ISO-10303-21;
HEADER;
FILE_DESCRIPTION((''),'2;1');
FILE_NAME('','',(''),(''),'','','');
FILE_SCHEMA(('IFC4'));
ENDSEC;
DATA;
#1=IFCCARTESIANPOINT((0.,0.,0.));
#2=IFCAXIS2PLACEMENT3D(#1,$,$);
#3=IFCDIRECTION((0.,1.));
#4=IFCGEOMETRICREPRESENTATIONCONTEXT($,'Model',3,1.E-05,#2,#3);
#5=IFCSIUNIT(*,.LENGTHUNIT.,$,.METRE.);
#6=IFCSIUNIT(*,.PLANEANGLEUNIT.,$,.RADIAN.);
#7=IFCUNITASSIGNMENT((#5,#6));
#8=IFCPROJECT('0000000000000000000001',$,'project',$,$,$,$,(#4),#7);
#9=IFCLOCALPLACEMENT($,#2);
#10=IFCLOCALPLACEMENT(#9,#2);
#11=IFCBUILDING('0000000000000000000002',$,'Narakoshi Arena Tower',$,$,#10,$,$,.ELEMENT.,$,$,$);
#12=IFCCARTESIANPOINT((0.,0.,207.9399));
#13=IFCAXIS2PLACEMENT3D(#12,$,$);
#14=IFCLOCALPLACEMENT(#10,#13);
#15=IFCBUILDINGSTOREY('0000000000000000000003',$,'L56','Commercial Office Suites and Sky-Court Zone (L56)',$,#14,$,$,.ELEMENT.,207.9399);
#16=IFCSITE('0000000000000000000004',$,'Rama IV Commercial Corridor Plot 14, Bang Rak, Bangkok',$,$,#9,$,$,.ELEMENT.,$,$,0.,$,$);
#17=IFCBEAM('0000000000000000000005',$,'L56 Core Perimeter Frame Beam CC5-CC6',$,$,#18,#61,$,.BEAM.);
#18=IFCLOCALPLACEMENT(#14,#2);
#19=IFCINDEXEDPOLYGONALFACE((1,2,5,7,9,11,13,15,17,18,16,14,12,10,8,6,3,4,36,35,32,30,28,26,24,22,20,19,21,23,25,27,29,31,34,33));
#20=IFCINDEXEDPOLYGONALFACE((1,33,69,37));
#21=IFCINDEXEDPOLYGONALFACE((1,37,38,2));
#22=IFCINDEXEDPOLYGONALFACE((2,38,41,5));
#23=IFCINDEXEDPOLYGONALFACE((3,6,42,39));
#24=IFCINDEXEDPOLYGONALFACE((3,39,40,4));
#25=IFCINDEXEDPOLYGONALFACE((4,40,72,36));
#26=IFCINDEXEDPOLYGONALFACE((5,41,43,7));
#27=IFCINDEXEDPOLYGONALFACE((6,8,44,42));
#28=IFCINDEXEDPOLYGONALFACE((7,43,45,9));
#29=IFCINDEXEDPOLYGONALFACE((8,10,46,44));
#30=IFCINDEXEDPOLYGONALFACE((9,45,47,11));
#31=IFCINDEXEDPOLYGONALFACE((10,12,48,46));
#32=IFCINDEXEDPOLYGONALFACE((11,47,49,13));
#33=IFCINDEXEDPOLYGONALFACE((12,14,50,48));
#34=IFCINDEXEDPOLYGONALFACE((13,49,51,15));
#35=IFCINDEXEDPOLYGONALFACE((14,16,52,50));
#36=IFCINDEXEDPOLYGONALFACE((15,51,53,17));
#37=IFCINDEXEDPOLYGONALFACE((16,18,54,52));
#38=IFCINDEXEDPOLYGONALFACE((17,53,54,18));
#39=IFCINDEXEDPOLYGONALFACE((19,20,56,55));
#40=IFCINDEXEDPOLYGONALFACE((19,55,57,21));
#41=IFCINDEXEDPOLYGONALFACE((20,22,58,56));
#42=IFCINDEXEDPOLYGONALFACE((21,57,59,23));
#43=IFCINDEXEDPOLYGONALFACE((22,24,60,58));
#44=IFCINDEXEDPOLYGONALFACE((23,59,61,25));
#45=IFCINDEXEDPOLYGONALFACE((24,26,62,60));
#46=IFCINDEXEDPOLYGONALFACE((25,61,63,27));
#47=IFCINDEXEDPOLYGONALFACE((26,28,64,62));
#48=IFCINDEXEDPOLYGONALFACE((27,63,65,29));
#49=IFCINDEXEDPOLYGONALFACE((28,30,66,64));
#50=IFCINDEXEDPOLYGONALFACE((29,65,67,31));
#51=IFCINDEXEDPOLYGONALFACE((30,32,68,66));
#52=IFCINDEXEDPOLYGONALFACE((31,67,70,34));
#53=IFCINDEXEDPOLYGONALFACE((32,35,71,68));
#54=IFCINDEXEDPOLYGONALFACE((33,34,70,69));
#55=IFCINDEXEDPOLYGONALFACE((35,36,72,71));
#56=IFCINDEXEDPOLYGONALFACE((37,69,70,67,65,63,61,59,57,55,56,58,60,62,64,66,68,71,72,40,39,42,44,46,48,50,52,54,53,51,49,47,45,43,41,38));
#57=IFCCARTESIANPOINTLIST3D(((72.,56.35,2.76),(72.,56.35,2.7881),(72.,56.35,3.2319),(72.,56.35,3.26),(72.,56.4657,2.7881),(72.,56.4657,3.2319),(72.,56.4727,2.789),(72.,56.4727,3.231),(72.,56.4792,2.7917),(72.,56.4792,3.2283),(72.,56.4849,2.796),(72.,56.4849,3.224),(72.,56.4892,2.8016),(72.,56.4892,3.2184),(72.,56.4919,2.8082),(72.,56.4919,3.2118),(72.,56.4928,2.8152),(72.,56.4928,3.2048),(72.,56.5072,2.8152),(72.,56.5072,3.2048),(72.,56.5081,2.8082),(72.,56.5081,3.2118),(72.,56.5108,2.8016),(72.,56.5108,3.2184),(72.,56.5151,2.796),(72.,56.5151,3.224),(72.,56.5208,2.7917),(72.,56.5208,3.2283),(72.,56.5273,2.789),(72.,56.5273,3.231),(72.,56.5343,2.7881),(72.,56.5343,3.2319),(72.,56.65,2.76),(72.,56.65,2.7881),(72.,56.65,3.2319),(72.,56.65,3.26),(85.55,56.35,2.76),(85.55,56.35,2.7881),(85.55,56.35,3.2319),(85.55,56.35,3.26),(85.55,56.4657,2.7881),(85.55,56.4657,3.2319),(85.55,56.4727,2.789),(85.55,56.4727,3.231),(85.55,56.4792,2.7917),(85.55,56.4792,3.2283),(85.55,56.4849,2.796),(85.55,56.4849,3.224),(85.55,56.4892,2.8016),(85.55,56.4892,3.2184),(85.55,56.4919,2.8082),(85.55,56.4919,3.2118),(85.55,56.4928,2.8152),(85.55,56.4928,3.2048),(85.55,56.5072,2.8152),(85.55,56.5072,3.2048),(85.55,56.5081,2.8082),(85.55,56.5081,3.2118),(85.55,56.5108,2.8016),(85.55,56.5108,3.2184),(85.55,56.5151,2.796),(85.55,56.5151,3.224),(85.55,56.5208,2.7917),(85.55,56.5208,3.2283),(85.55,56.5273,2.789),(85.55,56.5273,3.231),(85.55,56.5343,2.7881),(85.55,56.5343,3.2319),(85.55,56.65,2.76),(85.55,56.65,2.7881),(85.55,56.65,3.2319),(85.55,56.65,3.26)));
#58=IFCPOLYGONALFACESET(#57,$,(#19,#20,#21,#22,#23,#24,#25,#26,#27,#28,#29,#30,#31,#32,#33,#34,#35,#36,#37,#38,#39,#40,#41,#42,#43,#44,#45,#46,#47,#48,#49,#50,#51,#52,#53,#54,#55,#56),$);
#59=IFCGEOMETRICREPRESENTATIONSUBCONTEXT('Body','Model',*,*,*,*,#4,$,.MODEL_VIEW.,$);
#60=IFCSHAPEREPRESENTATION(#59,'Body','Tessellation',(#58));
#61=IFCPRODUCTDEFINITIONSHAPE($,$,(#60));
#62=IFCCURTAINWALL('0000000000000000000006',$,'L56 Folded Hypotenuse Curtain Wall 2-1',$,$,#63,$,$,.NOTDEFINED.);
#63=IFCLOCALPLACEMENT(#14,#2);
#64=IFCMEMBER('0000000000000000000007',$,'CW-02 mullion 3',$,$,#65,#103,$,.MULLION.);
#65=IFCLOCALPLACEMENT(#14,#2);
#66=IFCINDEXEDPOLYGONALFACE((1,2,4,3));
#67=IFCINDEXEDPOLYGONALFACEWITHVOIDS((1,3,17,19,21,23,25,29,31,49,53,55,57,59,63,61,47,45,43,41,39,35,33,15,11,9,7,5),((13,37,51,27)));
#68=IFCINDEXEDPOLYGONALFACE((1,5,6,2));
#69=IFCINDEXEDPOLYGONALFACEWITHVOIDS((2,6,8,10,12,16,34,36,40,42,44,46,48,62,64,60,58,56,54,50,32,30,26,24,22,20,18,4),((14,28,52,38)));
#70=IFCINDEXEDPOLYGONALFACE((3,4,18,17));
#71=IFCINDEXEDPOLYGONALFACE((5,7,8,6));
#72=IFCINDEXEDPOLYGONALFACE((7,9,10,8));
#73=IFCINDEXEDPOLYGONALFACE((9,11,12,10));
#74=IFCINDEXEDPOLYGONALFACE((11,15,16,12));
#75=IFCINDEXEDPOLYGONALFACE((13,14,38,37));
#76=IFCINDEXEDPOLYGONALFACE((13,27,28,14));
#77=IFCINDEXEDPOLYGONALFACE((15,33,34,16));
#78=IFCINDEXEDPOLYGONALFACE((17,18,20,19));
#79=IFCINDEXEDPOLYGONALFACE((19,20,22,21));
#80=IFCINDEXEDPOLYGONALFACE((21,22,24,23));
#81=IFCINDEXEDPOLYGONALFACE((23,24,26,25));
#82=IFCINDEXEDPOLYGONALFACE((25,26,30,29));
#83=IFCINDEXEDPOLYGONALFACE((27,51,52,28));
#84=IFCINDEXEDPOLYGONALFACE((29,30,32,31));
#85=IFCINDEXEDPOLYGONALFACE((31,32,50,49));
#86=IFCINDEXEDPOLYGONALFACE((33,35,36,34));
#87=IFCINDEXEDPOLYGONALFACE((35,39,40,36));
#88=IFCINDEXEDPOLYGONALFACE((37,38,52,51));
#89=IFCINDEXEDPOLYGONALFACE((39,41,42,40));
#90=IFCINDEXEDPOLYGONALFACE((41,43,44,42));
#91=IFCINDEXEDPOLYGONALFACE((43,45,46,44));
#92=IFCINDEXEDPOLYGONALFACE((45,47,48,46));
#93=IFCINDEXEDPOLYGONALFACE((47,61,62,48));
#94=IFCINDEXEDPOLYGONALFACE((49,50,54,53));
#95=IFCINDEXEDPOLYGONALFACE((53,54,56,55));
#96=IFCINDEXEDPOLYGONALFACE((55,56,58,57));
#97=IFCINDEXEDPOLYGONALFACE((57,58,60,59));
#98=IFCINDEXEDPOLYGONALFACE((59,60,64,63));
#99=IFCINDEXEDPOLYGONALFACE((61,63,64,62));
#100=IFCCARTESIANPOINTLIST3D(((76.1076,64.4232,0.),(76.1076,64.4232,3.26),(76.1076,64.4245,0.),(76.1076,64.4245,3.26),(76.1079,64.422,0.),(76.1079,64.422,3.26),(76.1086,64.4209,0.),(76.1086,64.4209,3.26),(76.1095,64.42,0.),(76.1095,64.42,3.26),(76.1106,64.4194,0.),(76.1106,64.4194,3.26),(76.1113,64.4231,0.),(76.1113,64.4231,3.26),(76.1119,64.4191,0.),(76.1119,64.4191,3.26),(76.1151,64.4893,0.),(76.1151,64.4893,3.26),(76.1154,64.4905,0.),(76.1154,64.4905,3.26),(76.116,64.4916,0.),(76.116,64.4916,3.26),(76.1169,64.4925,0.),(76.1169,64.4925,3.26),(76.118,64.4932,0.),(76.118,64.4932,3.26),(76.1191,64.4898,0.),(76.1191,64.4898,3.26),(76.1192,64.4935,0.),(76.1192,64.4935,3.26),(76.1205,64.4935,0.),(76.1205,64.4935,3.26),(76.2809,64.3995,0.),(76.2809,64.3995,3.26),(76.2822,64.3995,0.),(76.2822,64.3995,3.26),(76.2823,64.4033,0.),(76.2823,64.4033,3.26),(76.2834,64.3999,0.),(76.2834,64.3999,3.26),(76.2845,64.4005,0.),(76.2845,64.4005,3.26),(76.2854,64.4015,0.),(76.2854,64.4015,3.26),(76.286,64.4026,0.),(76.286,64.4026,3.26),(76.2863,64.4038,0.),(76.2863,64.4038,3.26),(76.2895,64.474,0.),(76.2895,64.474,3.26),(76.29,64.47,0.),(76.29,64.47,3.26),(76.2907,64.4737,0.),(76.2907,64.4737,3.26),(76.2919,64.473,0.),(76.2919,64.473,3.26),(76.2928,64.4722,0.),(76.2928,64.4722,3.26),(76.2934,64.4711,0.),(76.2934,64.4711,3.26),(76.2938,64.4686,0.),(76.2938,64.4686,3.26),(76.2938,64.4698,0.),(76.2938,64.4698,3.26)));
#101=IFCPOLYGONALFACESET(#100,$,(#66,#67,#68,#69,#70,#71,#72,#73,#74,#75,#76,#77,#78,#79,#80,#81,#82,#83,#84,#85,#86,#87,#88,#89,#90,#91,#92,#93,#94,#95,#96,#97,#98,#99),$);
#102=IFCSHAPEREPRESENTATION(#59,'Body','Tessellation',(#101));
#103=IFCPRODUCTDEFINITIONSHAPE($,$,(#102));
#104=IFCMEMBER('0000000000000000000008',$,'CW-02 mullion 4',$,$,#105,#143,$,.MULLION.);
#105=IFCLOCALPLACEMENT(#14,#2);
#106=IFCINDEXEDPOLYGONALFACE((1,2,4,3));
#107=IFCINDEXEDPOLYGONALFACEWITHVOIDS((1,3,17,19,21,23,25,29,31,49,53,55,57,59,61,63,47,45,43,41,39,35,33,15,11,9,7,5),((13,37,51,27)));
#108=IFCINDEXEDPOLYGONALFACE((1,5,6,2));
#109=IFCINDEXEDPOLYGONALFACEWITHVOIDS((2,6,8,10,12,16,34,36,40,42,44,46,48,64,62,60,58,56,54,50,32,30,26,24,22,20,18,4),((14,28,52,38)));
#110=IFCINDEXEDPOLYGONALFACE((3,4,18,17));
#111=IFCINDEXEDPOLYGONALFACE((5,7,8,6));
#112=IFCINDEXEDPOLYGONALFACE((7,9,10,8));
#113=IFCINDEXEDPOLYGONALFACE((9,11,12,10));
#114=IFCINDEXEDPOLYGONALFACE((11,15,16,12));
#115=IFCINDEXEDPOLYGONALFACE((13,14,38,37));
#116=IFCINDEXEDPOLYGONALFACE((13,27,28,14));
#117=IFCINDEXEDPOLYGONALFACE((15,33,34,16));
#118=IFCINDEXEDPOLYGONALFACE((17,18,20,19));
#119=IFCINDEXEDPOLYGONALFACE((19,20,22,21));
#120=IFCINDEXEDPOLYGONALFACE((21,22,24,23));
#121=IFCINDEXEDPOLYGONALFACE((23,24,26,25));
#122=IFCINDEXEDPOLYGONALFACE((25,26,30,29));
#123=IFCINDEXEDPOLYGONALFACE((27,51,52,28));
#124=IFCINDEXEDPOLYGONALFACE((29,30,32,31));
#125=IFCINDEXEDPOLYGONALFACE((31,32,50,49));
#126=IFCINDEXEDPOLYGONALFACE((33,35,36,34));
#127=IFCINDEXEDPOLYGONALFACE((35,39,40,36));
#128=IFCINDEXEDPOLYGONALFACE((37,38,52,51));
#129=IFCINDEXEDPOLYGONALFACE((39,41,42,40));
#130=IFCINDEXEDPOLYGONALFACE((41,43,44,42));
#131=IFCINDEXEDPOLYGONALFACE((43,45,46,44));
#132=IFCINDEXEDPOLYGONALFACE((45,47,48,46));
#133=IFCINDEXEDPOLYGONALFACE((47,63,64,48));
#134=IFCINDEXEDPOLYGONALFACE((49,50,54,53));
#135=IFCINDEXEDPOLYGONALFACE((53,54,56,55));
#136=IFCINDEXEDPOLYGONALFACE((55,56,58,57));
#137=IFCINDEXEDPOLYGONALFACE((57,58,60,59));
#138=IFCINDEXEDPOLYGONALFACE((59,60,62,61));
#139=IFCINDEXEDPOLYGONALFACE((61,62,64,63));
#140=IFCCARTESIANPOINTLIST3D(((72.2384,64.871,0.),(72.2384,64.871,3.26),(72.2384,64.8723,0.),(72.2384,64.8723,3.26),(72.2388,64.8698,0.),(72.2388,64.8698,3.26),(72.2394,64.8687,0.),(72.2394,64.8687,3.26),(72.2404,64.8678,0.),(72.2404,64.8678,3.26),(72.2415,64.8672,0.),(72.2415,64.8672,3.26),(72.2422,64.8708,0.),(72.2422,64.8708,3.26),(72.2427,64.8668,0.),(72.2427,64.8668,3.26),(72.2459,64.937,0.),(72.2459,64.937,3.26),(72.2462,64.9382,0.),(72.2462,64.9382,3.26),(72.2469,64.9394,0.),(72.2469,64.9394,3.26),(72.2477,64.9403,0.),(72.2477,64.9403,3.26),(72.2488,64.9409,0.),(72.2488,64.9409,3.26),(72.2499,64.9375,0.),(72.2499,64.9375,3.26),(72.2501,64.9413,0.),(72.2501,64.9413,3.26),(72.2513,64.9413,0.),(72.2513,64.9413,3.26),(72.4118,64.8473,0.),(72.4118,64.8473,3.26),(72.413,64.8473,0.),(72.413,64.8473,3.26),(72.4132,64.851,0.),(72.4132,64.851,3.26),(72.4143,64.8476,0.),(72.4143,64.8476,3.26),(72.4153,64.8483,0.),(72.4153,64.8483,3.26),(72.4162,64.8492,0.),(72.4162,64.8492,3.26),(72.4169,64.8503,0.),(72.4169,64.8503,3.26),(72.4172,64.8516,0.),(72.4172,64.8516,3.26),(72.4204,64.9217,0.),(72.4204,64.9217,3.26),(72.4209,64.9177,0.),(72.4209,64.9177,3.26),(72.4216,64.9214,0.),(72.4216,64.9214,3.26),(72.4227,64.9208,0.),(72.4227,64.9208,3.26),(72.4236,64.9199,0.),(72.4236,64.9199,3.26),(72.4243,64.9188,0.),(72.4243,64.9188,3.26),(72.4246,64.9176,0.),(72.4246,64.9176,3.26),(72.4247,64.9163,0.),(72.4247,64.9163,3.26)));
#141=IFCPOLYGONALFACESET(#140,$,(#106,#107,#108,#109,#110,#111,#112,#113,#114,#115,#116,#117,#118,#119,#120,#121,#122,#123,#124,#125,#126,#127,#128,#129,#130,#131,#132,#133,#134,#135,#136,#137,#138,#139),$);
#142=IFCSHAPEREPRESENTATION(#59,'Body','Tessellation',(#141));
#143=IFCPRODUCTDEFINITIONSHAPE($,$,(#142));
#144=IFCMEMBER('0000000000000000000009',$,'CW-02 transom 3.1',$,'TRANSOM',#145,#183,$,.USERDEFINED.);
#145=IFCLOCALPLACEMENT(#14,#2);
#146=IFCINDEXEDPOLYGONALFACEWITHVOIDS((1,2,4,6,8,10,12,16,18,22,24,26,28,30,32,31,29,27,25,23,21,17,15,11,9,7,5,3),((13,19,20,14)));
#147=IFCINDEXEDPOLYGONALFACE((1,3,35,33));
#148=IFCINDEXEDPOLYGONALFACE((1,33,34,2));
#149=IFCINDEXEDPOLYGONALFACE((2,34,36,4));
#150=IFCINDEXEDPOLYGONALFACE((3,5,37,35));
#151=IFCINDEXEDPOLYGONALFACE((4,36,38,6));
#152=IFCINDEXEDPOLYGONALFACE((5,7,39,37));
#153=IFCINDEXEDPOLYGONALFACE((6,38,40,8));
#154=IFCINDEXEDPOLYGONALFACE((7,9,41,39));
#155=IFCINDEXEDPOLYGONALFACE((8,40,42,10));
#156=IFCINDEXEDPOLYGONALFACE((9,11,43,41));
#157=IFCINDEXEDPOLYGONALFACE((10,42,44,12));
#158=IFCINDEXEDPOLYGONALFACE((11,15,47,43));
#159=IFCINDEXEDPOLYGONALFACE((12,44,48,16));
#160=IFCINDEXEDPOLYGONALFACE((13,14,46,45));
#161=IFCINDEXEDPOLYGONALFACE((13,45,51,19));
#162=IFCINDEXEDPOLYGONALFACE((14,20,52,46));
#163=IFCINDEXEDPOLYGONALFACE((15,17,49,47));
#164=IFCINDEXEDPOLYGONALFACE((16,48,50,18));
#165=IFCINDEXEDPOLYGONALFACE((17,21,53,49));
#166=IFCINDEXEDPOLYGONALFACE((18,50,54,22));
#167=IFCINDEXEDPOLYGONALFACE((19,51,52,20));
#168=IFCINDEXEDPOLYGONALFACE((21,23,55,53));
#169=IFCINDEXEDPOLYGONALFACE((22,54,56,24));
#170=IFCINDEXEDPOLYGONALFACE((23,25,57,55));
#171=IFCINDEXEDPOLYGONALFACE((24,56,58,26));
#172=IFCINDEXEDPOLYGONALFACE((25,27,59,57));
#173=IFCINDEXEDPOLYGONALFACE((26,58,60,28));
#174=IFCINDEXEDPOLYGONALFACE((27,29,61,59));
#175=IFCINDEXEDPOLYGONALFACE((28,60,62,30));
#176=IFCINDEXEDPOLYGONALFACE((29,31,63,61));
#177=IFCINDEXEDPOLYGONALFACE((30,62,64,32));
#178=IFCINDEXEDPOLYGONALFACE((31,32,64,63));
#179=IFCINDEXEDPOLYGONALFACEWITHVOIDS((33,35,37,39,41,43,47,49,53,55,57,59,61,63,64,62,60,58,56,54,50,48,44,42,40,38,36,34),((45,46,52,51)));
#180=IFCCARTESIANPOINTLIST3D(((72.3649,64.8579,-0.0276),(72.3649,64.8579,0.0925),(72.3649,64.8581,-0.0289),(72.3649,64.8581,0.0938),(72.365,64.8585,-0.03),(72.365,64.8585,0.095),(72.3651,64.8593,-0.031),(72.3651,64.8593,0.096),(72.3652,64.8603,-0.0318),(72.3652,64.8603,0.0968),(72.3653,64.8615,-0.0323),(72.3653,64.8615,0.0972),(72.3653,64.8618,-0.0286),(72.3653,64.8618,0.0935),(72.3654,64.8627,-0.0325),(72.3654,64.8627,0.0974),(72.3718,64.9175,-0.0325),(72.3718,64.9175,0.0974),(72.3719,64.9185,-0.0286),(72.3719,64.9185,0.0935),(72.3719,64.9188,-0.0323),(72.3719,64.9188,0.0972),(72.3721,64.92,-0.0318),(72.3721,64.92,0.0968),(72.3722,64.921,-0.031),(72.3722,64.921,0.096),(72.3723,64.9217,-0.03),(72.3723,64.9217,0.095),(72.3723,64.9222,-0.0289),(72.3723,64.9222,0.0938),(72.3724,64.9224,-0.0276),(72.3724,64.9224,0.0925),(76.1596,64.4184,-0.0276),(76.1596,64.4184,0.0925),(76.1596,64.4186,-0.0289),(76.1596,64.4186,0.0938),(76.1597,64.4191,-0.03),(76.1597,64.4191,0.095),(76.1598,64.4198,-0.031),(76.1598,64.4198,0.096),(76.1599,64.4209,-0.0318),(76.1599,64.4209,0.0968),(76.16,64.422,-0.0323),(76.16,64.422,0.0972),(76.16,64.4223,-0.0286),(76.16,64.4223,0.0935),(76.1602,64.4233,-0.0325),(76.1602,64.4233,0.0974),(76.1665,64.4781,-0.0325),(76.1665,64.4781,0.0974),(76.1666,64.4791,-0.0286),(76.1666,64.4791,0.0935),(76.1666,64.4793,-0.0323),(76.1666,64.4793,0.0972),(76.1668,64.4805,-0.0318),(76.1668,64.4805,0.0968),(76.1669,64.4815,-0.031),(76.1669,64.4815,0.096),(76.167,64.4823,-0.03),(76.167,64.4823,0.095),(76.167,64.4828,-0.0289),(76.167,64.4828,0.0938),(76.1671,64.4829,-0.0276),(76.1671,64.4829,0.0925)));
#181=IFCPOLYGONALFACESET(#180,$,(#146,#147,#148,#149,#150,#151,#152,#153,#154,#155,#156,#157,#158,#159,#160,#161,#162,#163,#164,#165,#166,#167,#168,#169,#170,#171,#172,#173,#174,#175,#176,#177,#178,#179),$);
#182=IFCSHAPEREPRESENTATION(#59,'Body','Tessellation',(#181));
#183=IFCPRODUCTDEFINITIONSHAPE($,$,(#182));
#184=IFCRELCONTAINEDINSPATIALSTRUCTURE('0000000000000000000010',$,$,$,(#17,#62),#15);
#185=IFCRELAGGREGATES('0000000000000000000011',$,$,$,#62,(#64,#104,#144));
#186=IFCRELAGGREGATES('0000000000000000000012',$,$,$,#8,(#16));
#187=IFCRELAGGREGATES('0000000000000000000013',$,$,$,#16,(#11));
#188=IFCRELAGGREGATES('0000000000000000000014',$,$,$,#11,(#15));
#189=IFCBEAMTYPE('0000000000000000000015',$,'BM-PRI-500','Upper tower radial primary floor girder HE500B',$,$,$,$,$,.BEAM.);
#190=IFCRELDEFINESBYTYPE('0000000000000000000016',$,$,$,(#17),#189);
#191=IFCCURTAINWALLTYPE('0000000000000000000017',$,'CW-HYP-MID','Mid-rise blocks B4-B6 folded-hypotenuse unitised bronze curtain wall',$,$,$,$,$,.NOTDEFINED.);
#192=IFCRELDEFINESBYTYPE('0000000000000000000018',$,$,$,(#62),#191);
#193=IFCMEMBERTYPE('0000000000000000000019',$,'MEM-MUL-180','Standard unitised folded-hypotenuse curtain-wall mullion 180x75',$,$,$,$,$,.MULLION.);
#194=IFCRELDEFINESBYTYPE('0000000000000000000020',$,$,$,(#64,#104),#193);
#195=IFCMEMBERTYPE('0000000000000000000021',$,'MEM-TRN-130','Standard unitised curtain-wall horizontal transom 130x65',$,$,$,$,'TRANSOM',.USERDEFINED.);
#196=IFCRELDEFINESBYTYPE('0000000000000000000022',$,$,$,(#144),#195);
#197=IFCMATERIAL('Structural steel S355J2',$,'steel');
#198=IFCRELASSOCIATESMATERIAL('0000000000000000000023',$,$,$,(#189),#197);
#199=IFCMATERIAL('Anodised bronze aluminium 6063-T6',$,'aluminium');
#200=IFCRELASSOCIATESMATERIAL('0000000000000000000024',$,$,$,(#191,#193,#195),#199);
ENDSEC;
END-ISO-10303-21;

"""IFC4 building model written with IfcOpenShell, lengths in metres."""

from ifc_helpers import new_model, si_unit, direction, frame, origin, origin_2d, place, context, subcontext, project, spatial, hollow_rectangle, i_section, extrude, material, material_profile, profile_set, type_object, element, aggregate, save


model = new_model("IFC4")

# Units and contexts
model_context = context("Model", 3, precision=1e-05, world=origin(), true_north=direction((0.0, 1.0)))
body_context = subcontext(model_context, "Body", "Model", "MODEL_VIEW")
ifc_project = project(units=[si_unit("LENGTHUNIT", "METRE"), si_unit("PLANEANGLEUNIT", "RADIAN")], contexts=[model_context])

# Site, building, storey
site_placement = place(None, origin())
site = spatial("IfcSite", under=ifc_project, at=site_placement, Name="Rama IV Commercial Corridor Plot 14, Bang Rak, Bangkok", CompositionType="ELEMENT", RefElevation=0.0)
building_placement = place(site_placement, origin())
building = spatial("IfcBuilding", under=site, at=building_placement, Name="Narakoshi Arena Tower", CompositionType="ELEMENT")
storey_placement = place(building_placement, frame((0.0, 0.0, 207.9399)))
storey = spatial("IfcBuildingStorey", under=building, at=storey_placement, Name="L56", Description="Commercial Office Suites and Sky-Court Zone (L56)", CompositionType="ELEMENT", Elevation=207.9399)

# Beam
ifc_material_1 = material(Name="Structural steel S355J2", Category="steel")
ifc_material_profile_1 = material_profile(ifc_material_1, i_section(OverallWidth=0.3, OverallDepth=0.5, WebThickness=0.0144, FlangeThickness=0.0281, FilletRadius=0.0271, at=origin_2d()), Name="HE500B")
ifc_profile_set_1 = profile_set([ifc_material_profile_1], Name="Structural steel S355J2")
beam_type = type_object("IfcBeamType", Name="BM-PRI-500", Description="Upper tower radial primary floor girder HE500B", PredefinedType="BEAM", material=ifc_profile_set_1)
beam_placement = place(storey_placement, frame((72.0, 56.5, 3.01), z_axis=(1.0, 0.0, 0.0), x_axis=(0.0, 1.0, 0.0)))
element("IfcBeam", 1, at=beam_placement, inside=storey, type_object=beam_type, Name="L56 Core Perimeter Frame Beam CC5-CC6", PredefinedType="BEAM", context=body_context, shape_type="SweptSolid", body=[
    extrude(i_section(OverallWidth=0.3, OverallDepth=0.5, WebThickness=0.0144, FlangeThickness=0.0281, FilletRadius=0.0271, at=origin_2d()), origin(), (0.0, 0.0, 1.0), 13.55),
])

# Curtain wall, members
ifc_material_2 = material(Name="Anodised bronze aluminium 6063-T6", Category="aluminium")
curtain_wall_type = type_object("IfcCurtainWallType", Name="CW-HYP-MID", Description="Mid-rise blocks B4-B6 folded-hypotenuse unitised bronze curtain wall", PredefinedType="NOTDEFINED", material=ifc_material_2)
curtain_wall_placement = place(storey_placement, origin())
curtain_wall = element("IfcCurtainWall", 2, at=curtain_wall_placement, inside=storey, type_object=curtain_wall_type, Name="L56 Folded Hypotenuse Curtain Wall 2-1", PredefinedType="NOTDEFINED")
ifc_material_profile_2 = material_profile(ifc_material_2, hollow_rectangle(XDim=0.075, YDim=0.1799, WallThickness=0.0039, OuterFilletRadius=0.0049, at=origin_2d()), Name="MUL180x75x4")
ifc_profile_set_2 = profile_set([ifc_material_profile_2], Name="Anodised bronze aluminium 6063-T6")
member_type_1 = type_object("IfcMemberType", Name="MEM-MUL-180", Description="Standard unitised folded-hypotenuse curtain-wall mullion 180x75", PredefinedType="MULLION", material=ifc_profile_set_2)
member_1_placement = place(storey_placement, frame((76.2007, 64.4465, 0.0), z_axis=(0.0, 0.0, 1.0), x_axis=(-0.115011, -0.993364, 0.0)))
member_1 = element("IfcMember", 3, at=member_1_placement, type_object=member_type_1, Name="CW-02 mullion 3", PredefinedType="MULLION", context=body_context, shape_type="SweptSolid", body=[
    extrude(hollow_rectangle(XDim=0.075, YDim=0.1799, WallThickness=0.0039, OuterFilletRadius=0.0049, at=origin_2d()), origin(), (0.0, 0.0, 1.0), 3.26),
])
member_2_placement = place(storey_placement, frame((72.3315, 64.8943, 0.0), z_axis=(0.0, 0.0, 1.0), x_axis=(-0.115011, -0.993364, 0.0)))
member_2 = element("IfcMember", 4, at=member_2_placement, type_object=member_type_1, Name="CW-02 mullion 4", PredefinedType="MULLION", context=body_context, shape_type="SweptSolid", body=[
    extrude(hollow_rectangle(XDim=0.075, YDim=0.1799, WallThickness=0.0039, OuterFilletRadius=0.0049, at=origin_2d()), origin(), (0.0, 0.0, 1.0), 3.26),
])
ifc_material_profile_3 = material_profile(ifc_material_2, hollow_rectangle(XDim=0.0649, YDim=0.1299, WallThickness=0.0039, OuterFilletRadius=0.0049, at=origin_2d()), Name="TRN130x65x4")
ifc_profile_set_3 = profile_set([ifc_material_profile_3], Name="Anodised bronze aluminium 6063-T6")
member_type_2 = type_object("IfcMemberType", Name="MEM-TRN-130", Description="Standard unitised curtain-wall horizontal transom 130x65", ElementType="TRANSOM", PredefinedType="USERDEFINED", material=ifc_profile_set_3)
member_3_placement = place(storey_placement, frame((76.1633, 64.4507, 0.0325), z_axis=(-0.993361, 0.115039, 0.0), x_axis=(-0.115039, -0.993361, 0.0)))
member_3 = element("IfcMember", 5, at=member_3_placement, type_object=member_type_2, Name="CW-02 transom 3.1", ObjectType="TRANSOM", PredefinedType="USERDEFINED", context=body_context, shape_type="SweptSolid", body=[
    extrude(hollow_rectangle(XDim=0.0649, YDim=0.1299, WallThickness=0.0039, OuterFilletRadius=0.0049, at=origin_2d()), origin(), (0.0, 0.0, 1.0), 3.8201),
])
aggregate(curtain_wall, [member_1, member_2, member_3])

save(model, "model.ifc")
